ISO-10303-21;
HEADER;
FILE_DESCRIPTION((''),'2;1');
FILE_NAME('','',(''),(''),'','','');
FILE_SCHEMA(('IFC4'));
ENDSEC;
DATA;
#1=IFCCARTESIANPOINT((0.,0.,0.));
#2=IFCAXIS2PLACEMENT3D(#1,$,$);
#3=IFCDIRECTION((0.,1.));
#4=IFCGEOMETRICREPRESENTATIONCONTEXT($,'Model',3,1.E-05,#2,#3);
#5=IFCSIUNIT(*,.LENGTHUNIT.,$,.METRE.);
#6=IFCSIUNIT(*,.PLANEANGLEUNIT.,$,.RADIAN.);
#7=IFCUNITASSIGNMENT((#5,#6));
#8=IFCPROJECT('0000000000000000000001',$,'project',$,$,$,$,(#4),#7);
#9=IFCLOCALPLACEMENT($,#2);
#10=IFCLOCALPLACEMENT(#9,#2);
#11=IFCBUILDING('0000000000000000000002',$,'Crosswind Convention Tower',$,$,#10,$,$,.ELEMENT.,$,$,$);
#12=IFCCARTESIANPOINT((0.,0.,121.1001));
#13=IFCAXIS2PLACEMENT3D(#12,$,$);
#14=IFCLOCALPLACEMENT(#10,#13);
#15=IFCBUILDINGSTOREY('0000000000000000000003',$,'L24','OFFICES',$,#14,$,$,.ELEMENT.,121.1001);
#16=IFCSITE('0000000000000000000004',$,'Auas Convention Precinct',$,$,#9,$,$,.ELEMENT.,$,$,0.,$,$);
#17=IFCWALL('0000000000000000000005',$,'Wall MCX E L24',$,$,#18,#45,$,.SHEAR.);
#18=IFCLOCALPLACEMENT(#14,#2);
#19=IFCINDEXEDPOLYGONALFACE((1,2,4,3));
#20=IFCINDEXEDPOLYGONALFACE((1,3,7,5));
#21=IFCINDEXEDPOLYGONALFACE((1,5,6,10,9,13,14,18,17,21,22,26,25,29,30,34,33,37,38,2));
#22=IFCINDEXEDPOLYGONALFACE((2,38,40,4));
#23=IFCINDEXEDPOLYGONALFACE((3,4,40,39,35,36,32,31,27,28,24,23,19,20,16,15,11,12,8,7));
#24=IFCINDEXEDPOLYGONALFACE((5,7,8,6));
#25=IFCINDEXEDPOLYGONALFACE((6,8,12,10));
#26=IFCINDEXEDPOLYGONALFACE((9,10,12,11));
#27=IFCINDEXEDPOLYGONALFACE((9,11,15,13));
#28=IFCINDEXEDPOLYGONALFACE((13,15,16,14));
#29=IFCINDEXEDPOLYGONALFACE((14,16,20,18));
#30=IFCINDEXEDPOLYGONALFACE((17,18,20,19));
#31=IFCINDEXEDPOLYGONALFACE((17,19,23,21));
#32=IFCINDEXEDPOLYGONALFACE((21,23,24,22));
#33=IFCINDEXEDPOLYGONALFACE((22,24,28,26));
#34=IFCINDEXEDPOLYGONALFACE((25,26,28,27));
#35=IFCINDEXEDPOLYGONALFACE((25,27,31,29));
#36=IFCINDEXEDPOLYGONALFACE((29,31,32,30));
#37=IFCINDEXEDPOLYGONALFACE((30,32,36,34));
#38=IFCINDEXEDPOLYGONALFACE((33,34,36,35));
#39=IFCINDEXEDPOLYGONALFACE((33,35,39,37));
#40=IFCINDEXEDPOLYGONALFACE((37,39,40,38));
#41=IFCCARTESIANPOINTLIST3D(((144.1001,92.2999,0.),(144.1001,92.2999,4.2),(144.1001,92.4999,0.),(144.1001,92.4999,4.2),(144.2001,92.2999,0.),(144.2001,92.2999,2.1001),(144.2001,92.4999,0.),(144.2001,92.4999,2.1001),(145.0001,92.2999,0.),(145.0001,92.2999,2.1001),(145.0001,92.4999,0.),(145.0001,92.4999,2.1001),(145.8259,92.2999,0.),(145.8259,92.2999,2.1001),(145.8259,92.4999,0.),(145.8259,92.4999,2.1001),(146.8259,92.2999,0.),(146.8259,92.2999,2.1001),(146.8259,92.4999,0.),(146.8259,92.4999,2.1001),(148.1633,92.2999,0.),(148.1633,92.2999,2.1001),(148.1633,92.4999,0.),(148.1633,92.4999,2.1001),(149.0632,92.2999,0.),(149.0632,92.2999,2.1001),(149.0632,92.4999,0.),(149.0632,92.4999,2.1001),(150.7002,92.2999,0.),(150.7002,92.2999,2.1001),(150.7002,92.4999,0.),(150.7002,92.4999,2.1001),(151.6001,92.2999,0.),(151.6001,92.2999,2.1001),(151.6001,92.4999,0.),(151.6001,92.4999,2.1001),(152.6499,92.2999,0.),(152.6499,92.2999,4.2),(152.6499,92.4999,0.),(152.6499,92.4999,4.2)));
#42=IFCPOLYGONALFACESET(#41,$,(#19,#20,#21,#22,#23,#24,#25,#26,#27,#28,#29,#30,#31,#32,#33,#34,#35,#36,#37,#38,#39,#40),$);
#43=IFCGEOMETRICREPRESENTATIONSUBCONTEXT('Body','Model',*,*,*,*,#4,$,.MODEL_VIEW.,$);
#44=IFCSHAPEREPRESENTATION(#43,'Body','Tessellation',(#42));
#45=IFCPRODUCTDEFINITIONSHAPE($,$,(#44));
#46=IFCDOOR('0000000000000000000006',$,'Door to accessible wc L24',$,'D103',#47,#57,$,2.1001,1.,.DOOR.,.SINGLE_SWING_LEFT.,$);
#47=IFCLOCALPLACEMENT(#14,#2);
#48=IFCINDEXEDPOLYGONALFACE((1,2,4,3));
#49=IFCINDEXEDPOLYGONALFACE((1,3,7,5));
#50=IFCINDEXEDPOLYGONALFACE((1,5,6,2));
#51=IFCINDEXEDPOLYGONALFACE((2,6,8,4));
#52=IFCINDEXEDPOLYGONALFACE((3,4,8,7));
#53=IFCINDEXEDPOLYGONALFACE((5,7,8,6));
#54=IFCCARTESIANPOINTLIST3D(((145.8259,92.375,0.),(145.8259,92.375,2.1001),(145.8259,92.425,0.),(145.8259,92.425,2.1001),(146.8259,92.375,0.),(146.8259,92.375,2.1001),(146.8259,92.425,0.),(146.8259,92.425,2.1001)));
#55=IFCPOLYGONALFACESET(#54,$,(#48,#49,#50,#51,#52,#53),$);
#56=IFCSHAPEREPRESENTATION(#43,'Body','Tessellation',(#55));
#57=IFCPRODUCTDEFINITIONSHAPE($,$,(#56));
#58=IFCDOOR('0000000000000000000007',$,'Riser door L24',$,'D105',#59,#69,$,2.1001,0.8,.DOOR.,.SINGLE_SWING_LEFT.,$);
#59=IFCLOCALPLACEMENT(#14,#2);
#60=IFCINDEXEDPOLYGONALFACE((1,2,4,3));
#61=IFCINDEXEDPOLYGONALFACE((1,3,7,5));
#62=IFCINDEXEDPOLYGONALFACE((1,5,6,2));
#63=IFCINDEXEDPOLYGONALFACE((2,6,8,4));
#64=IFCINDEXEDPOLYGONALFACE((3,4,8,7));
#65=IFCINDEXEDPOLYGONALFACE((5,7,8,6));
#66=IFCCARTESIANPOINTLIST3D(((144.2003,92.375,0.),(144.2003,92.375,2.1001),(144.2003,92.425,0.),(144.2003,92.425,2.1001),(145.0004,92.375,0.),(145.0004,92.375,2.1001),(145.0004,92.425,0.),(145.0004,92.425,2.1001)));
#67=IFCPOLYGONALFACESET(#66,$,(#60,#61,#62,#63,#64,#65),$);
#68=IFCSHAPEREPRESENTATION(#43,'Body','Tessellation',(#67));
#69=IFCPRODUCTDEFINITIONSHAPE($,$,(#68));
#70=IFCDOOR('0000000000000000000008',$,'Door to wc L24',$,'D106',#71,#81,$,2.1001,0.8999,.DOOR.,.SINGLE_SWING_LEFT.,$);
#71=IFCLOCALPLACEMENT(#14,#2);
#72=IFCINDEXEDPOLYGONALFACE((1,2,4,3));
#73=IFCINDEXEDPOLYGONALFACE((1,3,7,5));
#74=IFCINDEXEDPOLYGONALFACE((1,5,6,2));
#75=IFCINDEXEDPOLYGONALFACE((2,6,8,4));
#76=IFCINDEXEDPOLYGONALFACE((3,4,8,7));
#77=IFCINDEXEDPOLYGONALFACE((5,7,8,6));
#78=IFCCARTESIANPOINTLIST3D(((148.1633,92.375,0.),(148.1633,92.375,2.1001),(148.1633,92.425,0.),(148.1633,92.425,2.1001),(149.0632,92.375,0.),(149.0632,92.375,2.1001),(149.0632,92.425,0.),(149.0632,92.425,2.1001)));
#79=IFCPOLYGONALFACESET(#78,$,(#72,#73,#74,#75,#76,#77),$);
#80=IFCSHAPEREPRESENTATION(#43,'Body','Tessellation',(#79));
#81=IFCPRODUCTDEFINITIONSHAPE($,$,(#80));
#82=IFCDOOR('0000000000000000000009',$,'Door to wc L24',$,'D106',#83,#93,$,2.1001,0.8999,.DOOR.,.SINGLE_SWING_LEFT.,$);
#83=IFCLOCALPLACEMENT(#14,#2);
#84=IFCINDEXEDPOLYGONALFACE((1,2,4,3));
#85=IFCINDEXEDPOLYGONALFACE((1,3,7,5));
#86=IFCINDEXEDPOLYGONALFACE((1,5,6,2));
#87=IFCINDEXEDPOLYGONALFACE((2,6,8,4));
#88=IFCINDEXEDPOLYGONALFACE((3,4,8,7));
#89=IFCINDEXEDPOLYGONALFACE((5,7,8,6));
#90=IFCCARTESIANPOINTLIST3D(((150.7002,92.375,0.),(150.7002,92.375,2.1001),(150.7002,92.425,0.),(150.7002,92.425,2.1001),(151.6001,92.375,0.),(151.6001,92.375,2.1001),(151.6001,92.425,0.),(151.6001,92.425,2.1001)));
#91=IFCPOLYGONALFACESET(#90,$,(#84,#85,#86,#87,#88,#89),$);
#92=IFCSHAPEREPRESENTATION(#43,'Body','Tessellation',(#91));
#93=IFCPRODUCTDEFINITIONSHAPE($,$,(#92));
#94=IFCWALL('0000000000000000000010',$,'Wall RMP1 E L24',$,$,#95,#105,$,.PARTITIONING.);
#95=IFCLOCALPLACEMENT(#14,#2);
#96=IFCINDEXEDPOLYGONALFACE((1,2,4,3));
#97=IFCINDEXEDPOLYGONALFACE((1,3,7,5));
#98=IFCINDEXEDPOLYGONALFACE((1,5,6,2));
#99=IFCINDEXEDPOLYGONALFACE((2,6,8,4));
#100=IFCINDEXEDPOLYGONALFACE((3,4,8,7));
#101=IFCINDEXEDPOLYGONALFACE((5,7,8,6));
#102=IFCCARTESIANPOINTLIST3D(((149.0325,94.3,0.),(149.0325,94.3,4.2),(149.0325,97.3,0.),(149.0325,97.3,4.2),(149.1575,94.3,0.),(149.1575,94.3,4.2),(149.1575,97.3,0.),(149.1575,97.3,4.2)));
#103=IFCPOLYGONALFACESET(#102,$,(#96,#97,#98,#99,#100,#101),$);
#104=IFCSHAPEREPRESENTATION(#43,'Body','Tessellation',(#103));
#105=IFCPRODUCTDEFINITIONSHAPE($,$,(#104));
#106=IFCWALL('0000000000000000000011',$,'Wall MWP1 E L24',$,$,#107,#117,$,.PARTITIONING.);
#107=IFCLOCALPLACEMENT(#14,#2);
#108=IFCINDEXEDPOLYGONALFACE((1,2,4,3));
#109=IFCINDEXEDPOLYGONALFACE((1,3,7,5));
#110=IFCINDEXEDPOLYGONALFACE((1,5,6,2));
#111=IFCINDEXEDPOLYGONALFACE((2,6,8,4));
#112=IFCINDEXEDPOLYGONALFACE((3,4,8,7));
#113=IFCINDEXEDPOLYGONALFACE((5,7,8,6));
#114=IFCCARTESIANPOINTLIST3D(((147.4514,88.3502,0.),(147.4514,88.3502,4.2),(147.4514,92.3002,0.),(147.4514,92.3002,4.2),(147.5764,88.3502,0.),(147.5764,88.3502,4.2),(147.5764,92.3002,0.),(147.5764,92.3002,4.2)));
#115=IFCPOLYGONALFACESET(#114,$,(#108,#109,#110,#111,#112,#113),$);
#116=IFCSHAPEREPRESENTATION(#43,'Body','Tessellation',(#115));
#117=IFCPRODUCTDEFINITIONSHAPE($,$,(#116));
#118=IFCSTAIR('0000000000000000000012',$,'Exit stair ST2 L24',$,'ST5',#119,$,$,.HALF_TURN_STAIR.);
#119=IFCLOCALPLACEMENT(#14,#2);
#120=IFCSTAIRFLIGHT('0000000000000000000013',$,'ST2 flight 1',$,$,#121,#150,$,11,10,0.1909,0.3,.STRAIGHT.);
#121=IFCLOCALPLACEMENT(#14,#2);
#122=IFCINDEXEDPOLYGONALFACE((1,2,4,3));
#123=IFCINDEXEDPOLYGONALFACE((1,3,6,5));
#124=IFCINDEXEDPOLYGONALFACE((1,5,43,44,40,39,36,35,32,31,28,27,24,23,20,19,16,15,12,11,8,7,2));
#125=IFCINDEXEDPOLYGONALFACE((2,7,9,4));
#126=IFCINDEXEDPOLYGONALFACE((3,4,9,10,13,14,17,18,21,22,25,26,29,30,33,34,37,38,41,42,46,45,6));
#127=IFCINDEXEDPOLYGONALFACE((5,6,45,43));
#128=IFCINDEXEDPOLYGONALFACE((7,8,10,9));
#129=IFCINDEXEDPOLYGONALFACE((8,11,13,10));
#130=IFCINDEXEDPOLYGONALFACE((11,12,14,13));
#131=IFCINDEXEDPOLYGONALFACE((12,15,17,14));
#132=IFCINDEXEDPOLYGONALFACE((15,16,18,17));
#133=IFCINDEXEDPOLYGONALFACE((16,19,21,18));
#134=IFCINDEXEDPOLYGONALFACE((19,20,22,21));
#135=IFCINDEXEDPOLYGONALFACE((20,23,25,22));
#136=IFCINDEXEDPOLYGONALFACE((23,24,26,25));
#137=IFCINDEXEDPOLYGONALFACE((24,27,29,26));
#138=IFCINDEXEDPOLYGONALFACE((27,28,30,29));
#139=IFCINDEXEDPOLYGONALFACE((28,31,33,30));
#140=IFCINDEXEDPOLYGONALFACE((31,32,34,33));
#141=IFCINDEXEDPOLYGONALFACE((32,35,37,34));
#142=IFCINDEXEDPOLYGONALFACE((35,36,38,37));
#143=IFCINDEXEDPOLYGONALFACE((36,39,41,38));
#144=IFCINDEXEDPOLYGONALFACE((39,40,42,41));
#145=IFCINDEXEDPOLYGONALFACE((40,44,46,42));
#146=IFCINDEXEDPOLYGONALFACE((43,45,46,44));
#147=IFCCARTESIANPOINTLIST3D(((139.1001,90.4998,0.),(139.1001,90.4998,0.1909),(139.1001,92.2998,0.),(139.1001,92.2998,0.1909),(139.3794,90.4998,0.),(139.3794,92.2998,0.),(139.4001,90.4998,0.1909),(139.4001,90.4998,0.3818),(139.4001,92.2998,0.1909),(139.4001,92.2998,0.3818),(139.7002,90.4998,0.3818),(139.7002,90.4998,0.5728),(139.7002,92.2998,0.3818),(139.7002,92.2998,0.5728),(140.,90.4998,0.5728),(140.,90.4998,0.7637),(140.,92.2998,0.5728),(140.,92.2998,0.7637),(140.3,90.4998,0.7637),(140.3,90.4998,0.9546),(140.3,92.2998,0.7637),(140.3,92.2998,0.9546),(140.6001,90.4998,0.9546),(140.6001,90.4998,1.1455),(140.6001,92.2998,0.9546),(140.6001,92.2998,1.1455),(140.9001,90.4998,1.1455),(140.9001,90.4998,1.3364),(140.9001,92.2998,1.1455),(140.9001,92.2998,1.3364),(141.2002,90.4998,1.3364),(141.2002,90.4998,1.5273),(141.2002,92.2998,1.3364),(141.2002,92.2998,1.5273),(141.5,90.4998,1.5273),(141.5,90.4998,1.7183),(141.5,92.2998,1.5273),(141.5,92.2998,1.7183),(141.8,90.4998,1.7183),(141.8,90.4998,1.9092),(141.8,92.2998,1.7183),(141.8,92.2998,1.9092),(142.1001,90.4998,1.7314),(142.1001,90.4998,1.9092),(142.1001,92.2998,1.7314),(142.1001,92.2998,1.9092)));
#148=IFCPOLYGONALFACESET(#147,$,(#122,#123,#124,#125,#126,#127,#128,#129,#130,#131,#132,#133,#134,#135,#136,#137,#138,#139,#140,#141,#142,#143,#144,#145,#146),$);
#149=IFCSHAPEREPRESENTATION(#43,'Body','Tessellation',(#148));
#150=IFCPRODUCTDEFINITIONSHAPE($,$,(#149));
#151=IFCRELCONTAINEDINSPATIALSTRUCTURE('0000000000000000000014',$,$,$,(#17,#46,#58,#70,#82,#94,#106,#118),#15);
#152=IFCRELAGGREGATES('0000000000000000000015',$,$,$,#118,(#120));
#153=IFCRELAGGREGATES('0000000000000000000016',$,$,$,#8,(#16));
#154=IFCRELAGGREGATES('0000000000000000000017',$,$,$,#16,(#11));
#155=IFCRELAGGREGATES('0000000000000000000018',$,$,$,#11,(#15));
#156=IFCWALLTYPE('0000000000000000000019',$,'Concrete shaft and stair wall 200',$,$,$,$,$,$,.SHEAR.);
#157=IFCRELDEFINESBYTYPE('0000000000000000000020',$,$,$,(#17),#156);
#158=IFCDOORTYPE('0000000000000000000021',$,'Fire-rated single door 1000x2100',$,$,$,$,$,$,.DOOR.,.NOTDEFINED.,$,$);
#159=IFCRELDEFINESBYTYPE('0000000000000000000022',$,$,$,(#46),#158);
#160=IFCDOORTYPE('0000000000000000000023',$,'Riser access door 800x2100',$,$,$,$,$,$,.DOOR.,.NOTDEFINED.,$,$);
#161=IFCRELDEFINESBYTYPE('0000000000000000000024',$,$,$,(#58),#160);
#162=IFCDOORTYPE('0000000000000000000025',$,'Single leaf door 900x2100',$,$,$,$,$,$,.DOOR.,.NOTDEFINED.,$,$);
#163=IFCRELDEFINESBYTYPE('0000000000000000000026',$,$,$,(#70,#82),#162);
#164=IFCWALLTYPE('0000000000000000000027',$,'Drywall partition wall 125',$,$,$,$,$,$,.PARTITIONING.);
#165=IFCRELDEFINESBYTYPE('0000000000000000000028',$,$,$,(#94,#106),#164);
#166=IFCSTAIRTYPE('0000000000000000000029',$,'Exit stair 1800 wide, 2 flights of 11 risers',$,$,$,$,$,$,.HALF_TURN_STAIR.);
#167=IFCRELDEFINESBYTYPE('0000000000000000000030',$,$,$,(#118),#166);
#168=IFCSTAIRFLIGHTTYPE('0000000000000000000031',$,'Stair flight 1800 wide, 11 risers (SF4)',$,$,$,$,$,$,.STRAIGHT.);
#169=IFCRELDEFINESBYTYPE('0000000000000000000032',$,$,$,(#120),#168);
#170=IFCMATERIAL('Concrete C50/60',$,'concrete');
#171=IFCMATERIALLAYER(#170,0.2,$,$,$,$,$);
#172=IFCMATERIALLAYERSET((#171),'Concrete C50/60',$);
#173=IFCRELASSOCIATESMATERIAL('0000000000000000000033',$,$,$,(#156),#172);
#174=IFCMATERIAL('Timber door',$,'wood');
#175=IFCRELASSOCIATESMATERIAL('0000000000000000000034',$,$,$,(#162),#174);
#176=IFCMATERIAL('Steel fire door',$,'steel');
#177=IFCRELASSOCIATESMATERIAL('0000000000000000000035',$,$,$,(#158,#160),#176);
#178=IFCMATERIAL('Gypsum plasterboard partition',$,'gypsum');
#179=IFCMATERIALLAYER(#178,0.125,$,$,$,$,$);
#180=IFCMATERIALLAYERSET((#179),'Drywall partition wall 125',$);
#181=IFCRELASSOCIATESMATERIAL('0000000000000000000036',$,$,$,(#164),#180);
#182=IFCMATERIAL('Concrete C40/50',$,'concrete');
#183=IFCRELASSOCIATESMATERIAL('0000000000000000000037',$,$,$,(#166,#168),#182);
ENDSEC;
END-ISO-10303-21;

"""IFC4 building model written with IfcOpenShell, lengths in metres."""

from ifc_helpers import new_model, si_unit, direction, frame, frame_2d, origin, place, context, subcontext, project, spatial, polyline, rectangle, outline, extrude, material, layer, layer_set, type_object, element, fill, aggregate, save


model = new_model("IFC4")

# Units and contexts
model_context = context("Model", 3, precision=1e-05, world=origin(), true_north=direction((0.0, 1.0)))
body_context = subcontext(model_context, "Body", "Model", "MODEL_VIEW")
ifc_project = project(units=[si_unit("LENGTHUNIT", "METRE"), si_unit("PLANEANGLEUNIT", "RADIAN")], contexts=[model_context])

# Site, building, storey
site_placement = place(None, origin())
site = spatial("IfcSite", under=ifc_project, at=site_placement, Name="Auas Convention Precinct", CompositionType="ELEMENT", RefElevation=0.0)
building_placement = place(site_placement, origin())
building = spatial("IfcBuilding", under=site, at=building_placement, Name="Crosswind Convention Tower", CompositionType="ELEMENT")
storey_placement = place(building_placement, frame((0.0, 0.0, 121.1001)))
storey = spatial("IfcBuildingStorey", under=building, at=storey_placement, Name="L24", Description="OFFICES", CompositionType="ELEMENT", Elevation=121.1001)

# Shared definitions
ifc_material_1 = material(Name="Concrete C50/60", Category="concrete")
ifc_layer_1 = layer(ifc_material_1, 0.2)
ifc_layer_set_1 = layer_set([ifc_layer_1], Name="Concrete C50/60")
wall_type_1 = type_object("IfcWallType", Name="Concrete shaft and stair wall 200", PredefinedType="SHEAR", material=ifc_layer_set_1)

# Shared definitions
ifc_material_2 = material(Name="Timber door", Category="wood")
door_type_1 = type_object("IfcDoorType", Name="Single leaf door 900x2100", OperationType="NOTDEFINED", PredefinedType="DOOR", material=ifc_material_2)

# Wall, openings, doors
wall_1_placement = place(storey_placement, frame((144.1001, 92.3999, 0.0), z_axis=(0.0, 0.0, 1.0), x_axis=(1.0, 0.0, 0.0)))
wall_1 = element("IfcWall", 1, at=wall_1_placement, inside=storey, type_object=wall_type_1, Name="Wall MCX E L24", PredefinedType="SHEAR", context=body_context, shape_type="SweptSolid", body=[
    extrude(rectangle(XDim=8.5498, YDim=0.2, at=frame_2d((4.2749, 0.0))), origin(), (0.0, 0.0, 1.0), 4.2),
])
opening_1_placement = place(wall_1_placement, frame((0.1001, 0.0, 0.0)))
opening_1 = element("IfcOpeningElement", 2, at=opening_1_placement, cuts=wall_1, PredefinedType="OPENING", context=body_context, shape_type="SweptSolid", body=[
    extrude(rectangle(XDim=0.8, YDim=2.1001, at=frame_2d((0.3999, 1.05))), frame((0.0, 0.1099, 0.0), z_axis=(0.0, -1.0, 0.0), x_axis=(1.0, 0.0, 0.0)), (0.0, 0.0, 1.0), 0.22),
])
opening_2_placement = place(wall_1_placement, frame((1.7258, 0.0, 0.0)))
opening_2 = element("IfcOpeningElement", 3, at=opening_2_placement, cuts=wall_1, PredefinedType="OPENING", context=body_context, shape_type="SweptSolid", body=[
    extrude(rectangle(XDim=1.0, YDim=2.1001, at=frame_2d((0.5, 1.05))), frame((0.0, 0.1099, 0.0), z_axis=(0.0, -1.0, 0.0), x_axis=(1.0, 0.0, 0.0)), (0.0, 0.0, 1.0), 0.22),
])
opening_3_placement = place(wall_1_placement, frame((4.0632, 0.0, 0.0)))
opening_3 = element("IfcOpeningElement", 4, at=opening_3_placement, cuts=wall_1, PredefinedType="OPENING", context=body_context, shape_type="SweptSolid", body=[
    extrude(rectangle(XDim=0.8999, YDim=2.1001, at=frame_2d((0.45, 1.05))), frame((0.0, 0.1099, 0.0), z_axis=(0.0, -1.0, 0.0), x_axis=(1.0, 0.0, 0.0)), (0.0, 0.0, 1.0), 0.22),
])
opening_4_placement = place(wall_1_placement, frame((6.6001, 0.0, 0.0)))
opening_4 = element("IfcOpeningElement", 5, at=opening_4_placement, cuts=wall_1, PredefinedType="OPENING", context=body_context, shape_type="SweptSolid", body=[
    extrude(rectangle(XDim=0.8999, YDim=2.1001, at=frame_2d((0.45, 1.05))), frame((0.0, 0.1099, 0.0), z_axis=(0.0, -1.0, 0.0), x_axis=(1.0, 0.0, 0.0)), (0.0, 0.0, 1.0), 0.22),
])
ifc_material_3 = material(Name="Steel fire door", Category="steel")
door_type_2 = type_object("IfcDoorType", Name="Fire-rated single door 1000x2100", OperationType="NOTDEFINED", PredefinedType="DOOR", material=ifc_material_3)
door_1_placement = place(opening_2_placement, frame((1.0, 0.0, 0.0), z_axis=(0.0, 0.0, 1.0), x_axis=(-1.0, 0.0, 0.0)))
door_1 = element("IfcDoor", 6, at=door_1_placement, inside=storey, type_object=door_type_2, Name="Door to accessible wc L24", ObjectType="D103", OperationType="SINGLE_SWING_LEFT", OverallHeight=2.1001, OverallWidth=1.0, PredefinedType="DOOR", context=body_context, shape_type="SweptSolid", body=[
    extrude(rectangle(XDim=1.0, YDim=2.1001, at=frame_2d((0.5, 1.05))), frame((0.0, 0.0249, 0.0), z_axis=(0.0, -1.0, 0.0), x_axis=(1.0, 0.0, 0.0)), (0.0, 0.0, 1.0), 0.05),
])
fill(opening_2, door_1)
door_type_3 = type_object("IfcDoorType", Name="Riser access door 800x2100", OperationType="NOTDEFINED", PredefinedType="DOOR", material=ifc_material_3)
door_2_placement = place(opening_1_placement, frame((0.8, 0.0, 0.0), z_axis=(0.0, 0.0, 1.0), x_axis=(-1.0, 0.0, 0.0)))
door_2 = element("IfcDoor", 7, at=door_2_placement, inside=storey, type_object=door_type_3, Name="Riser door L24", ObjectType="D105", OperationType="SINGLE_SWING_LEFT", OverallHeight=2.1001, OverallWidth=0.8, PredefinedType="DOOR", context=body_context, shape_type="SweptSolid", body=[
    extrude(rectangle(XDim=0.8, YDim=2.1001, at=frame_2d((0.3999, 1.05))), frame((0.0, 0.0249, 0.0), z_axis=(0.0, -1.0, 0.0), x_axis=(1.0, 0.0, 0.0)), (0.0, 0.0, 1.0), 0.05),
])
fill(opening_1, door_2)
door_3_placement = place(opening_3_placement, frame((0.8999, 0.0, 0.0), z_axis=(0.0, 0.0, 1.0), x_axis=(-1.0, 0.0, 0.0)))
door_3 = element("IfcDoor", 8, at=door_3_placement, inside=storey, type_object=door_type_1, Name="Door to wc L24", ObjectType="D106", OperationType="SINGLE_SWING_LEFT", OverallHeight=2.1001, OverallWidth=0.8999, PredefinedType="DOOR", context=body_context, shape_type="SweptSolid", body=[
    extrude(rectangle(XDim=0.8999, YDim=2.1001, at=frame_2d((0.45, 1.05))), frame((0.0, 0.0249, 0.0), z_axis=(0.0, -1.0, 0.0), x_axis=(1.0, 0.0, 0.0)), (0.0, 0.0, 1.0), 0.05),
])
fill(opening_3, door_3)
door_4_placement = place(opening_4_placement, frame((0.8999, 0.0, 0.0), z_axis=(0.0, 0.0, 1.0), x_axis=(-1.0, 0.0, 0.0)))
door_4 = element("IfcDoor", 9, at=door_4_placement, inside=storey, type_object=door_type_1, Name="Door to wc L24", ObjectType="D106", OperationType="SINGLE_SWING_LEFT", OverallHeight=2.1001, OverallWidth=0.8999, PredefinedType="DOOR", context=body_context, shape_type="SweptSolid", body=[
    extrude(rectangle(XDim=0.8999, YDim=2.1001, at=frame_2d((0.45, 1.05))), frame((0.0, 0.0249, 0.0), z_axis=(0.0, -1.0, 0.0), x_axis=(1.0, 0.0, 0.0)), (0.0, 0.0, 1.0), 0.05),
])
fill(opening_4, door_4)

# Walls
ifc_material_4 = material(Name="Gypsum plasterboard partition", Category="gypsum")
ifc_layer_2 = layer(ifc_material_4, 0.125)
ifc_layer_set_2 = layer_set([ifc_layer_2], Name="Drywall partition wall 125")
wall_type_2 = type_object("IfcWallType", Name="Drywall partition wall 125", PredefinedType="PARTITIONING", material=ifc_layer_set_2)
wall_2_placement = place(storey_placement, frame((149.095, 94.3, 0.0), z_axis=(0.0, 0.0, 1.0), x_axis=(0.0, 1.0, 0.0)))
element("IfcWall", 10, at=wall_2_placement, inside=storey, type_object=wall_type_2, Name="Wall RMP1 E L24", PredefinedType="PARTITIONING", context=body_context, shape_type="SweptSolid", body=[
    extrude(rectangle(XDim=3.0, YDim=0.125, at=frame_2d((1.5, 0.0))), origin(), (0.0, 0.0, 1.0), 4.2),
])
wall_3_placement = place(storey_placement, frame((147.5139, 88.3501, 0.0), z_axis=(0.0, 0.0, 1.0), x_axis=(0.0, 1.0, 0.0)))
element("IfcWall", 11, at=wall_3_placement, inside=storey, type_object=wall_type_2, Name="Wall MWP1 E L24", PredefinedType="PARTITIONING", context=body_context, shape_type="SweptSolid", body=[
    extrude(rectangle(XDim=3.95, YDim=0.125, at=frame_2d((1.9751, 0.0))), origin(), (0.0, 0.0, 1.0), 4.2),
])

# Stair, stair flight
ifc_material_5 = material(Name="Concrete C40/50", Category="concrete")
stair_type = type_object("IfcStairType", Name="Exit stair 1800 wide, 2 flights of 11 risers", PredefinedType="HALF_TURN_STAIR", material=ifc_material_5)
stair_placement = place(storey_placement, origin())
stair = element("IfcStair", 12, at=stair_placement, inside=storey, type_object=stair_type, Name="Exit stair ST2 L24", ObjectType="ST5", PredefinedType="HALF_TURN_STAIR")
stair_flight_type = type_object("IfcStairFlightType", Name="Stair flight 1800 wide, 11 risers (SF4)", PredefinedType="STRAIGHT", material=ifc_material_5)
stair_flight_1_placement = place(storey_placement, frame((139.1001, 91.3999, 0.0), z_axis=(0.0, 0.0, 1.0), x_axis=(1.0, 0.0, 0.0)))
stair_flight_1 = element("IfcStairFlight", 13, at=stair_flight_1_placement, type_object=stair_flight_type, Name="ST2 flight 1", NumberOfRisers=11, NumberOfTreads=10, PredefinedType="STRAIGHT", RiserHeight=0.1909, TreadLength=0.3, context=body_context, shape_type="SweptSolid", body=[
    extrude(outline(polyline([(0.0, 0.0), (0.0, 0.1909), (0.3, 0.1909), (0.3, 0.3818), (0.6001, 0.3818), (0.6001, 0.5728), (0.8999, 0.5728), (0.8999, 0.7637), (1.2, 0.7637), (1.2, 0.9546), (1.5, 0.9546), (1.5, 1.1455), (1.8, 1.1455), (1.8, 1.3364), (2.1001, 1.3364), (2.1001, 1.5273), (2.3999, 1.5273), (2.3999, 1.7183), (2.7, 1.7183), (2.7, 1.9092), (3.0, 1.9092), (3.0, 2.1001), (3.0, 1.7314), (0.2793, 0.0), (0.0, 0.0)])), frame((0.0, 0.8999, 0.0), z_axis=(0.0, -1.0, 0.0), x_axis=(1.0, 0.0, 0.0)), (0.0, 0.0, 1.0), 1.8),
])
aggregate(stair, [stair_flight_1])

save(model, "model.ifc")
